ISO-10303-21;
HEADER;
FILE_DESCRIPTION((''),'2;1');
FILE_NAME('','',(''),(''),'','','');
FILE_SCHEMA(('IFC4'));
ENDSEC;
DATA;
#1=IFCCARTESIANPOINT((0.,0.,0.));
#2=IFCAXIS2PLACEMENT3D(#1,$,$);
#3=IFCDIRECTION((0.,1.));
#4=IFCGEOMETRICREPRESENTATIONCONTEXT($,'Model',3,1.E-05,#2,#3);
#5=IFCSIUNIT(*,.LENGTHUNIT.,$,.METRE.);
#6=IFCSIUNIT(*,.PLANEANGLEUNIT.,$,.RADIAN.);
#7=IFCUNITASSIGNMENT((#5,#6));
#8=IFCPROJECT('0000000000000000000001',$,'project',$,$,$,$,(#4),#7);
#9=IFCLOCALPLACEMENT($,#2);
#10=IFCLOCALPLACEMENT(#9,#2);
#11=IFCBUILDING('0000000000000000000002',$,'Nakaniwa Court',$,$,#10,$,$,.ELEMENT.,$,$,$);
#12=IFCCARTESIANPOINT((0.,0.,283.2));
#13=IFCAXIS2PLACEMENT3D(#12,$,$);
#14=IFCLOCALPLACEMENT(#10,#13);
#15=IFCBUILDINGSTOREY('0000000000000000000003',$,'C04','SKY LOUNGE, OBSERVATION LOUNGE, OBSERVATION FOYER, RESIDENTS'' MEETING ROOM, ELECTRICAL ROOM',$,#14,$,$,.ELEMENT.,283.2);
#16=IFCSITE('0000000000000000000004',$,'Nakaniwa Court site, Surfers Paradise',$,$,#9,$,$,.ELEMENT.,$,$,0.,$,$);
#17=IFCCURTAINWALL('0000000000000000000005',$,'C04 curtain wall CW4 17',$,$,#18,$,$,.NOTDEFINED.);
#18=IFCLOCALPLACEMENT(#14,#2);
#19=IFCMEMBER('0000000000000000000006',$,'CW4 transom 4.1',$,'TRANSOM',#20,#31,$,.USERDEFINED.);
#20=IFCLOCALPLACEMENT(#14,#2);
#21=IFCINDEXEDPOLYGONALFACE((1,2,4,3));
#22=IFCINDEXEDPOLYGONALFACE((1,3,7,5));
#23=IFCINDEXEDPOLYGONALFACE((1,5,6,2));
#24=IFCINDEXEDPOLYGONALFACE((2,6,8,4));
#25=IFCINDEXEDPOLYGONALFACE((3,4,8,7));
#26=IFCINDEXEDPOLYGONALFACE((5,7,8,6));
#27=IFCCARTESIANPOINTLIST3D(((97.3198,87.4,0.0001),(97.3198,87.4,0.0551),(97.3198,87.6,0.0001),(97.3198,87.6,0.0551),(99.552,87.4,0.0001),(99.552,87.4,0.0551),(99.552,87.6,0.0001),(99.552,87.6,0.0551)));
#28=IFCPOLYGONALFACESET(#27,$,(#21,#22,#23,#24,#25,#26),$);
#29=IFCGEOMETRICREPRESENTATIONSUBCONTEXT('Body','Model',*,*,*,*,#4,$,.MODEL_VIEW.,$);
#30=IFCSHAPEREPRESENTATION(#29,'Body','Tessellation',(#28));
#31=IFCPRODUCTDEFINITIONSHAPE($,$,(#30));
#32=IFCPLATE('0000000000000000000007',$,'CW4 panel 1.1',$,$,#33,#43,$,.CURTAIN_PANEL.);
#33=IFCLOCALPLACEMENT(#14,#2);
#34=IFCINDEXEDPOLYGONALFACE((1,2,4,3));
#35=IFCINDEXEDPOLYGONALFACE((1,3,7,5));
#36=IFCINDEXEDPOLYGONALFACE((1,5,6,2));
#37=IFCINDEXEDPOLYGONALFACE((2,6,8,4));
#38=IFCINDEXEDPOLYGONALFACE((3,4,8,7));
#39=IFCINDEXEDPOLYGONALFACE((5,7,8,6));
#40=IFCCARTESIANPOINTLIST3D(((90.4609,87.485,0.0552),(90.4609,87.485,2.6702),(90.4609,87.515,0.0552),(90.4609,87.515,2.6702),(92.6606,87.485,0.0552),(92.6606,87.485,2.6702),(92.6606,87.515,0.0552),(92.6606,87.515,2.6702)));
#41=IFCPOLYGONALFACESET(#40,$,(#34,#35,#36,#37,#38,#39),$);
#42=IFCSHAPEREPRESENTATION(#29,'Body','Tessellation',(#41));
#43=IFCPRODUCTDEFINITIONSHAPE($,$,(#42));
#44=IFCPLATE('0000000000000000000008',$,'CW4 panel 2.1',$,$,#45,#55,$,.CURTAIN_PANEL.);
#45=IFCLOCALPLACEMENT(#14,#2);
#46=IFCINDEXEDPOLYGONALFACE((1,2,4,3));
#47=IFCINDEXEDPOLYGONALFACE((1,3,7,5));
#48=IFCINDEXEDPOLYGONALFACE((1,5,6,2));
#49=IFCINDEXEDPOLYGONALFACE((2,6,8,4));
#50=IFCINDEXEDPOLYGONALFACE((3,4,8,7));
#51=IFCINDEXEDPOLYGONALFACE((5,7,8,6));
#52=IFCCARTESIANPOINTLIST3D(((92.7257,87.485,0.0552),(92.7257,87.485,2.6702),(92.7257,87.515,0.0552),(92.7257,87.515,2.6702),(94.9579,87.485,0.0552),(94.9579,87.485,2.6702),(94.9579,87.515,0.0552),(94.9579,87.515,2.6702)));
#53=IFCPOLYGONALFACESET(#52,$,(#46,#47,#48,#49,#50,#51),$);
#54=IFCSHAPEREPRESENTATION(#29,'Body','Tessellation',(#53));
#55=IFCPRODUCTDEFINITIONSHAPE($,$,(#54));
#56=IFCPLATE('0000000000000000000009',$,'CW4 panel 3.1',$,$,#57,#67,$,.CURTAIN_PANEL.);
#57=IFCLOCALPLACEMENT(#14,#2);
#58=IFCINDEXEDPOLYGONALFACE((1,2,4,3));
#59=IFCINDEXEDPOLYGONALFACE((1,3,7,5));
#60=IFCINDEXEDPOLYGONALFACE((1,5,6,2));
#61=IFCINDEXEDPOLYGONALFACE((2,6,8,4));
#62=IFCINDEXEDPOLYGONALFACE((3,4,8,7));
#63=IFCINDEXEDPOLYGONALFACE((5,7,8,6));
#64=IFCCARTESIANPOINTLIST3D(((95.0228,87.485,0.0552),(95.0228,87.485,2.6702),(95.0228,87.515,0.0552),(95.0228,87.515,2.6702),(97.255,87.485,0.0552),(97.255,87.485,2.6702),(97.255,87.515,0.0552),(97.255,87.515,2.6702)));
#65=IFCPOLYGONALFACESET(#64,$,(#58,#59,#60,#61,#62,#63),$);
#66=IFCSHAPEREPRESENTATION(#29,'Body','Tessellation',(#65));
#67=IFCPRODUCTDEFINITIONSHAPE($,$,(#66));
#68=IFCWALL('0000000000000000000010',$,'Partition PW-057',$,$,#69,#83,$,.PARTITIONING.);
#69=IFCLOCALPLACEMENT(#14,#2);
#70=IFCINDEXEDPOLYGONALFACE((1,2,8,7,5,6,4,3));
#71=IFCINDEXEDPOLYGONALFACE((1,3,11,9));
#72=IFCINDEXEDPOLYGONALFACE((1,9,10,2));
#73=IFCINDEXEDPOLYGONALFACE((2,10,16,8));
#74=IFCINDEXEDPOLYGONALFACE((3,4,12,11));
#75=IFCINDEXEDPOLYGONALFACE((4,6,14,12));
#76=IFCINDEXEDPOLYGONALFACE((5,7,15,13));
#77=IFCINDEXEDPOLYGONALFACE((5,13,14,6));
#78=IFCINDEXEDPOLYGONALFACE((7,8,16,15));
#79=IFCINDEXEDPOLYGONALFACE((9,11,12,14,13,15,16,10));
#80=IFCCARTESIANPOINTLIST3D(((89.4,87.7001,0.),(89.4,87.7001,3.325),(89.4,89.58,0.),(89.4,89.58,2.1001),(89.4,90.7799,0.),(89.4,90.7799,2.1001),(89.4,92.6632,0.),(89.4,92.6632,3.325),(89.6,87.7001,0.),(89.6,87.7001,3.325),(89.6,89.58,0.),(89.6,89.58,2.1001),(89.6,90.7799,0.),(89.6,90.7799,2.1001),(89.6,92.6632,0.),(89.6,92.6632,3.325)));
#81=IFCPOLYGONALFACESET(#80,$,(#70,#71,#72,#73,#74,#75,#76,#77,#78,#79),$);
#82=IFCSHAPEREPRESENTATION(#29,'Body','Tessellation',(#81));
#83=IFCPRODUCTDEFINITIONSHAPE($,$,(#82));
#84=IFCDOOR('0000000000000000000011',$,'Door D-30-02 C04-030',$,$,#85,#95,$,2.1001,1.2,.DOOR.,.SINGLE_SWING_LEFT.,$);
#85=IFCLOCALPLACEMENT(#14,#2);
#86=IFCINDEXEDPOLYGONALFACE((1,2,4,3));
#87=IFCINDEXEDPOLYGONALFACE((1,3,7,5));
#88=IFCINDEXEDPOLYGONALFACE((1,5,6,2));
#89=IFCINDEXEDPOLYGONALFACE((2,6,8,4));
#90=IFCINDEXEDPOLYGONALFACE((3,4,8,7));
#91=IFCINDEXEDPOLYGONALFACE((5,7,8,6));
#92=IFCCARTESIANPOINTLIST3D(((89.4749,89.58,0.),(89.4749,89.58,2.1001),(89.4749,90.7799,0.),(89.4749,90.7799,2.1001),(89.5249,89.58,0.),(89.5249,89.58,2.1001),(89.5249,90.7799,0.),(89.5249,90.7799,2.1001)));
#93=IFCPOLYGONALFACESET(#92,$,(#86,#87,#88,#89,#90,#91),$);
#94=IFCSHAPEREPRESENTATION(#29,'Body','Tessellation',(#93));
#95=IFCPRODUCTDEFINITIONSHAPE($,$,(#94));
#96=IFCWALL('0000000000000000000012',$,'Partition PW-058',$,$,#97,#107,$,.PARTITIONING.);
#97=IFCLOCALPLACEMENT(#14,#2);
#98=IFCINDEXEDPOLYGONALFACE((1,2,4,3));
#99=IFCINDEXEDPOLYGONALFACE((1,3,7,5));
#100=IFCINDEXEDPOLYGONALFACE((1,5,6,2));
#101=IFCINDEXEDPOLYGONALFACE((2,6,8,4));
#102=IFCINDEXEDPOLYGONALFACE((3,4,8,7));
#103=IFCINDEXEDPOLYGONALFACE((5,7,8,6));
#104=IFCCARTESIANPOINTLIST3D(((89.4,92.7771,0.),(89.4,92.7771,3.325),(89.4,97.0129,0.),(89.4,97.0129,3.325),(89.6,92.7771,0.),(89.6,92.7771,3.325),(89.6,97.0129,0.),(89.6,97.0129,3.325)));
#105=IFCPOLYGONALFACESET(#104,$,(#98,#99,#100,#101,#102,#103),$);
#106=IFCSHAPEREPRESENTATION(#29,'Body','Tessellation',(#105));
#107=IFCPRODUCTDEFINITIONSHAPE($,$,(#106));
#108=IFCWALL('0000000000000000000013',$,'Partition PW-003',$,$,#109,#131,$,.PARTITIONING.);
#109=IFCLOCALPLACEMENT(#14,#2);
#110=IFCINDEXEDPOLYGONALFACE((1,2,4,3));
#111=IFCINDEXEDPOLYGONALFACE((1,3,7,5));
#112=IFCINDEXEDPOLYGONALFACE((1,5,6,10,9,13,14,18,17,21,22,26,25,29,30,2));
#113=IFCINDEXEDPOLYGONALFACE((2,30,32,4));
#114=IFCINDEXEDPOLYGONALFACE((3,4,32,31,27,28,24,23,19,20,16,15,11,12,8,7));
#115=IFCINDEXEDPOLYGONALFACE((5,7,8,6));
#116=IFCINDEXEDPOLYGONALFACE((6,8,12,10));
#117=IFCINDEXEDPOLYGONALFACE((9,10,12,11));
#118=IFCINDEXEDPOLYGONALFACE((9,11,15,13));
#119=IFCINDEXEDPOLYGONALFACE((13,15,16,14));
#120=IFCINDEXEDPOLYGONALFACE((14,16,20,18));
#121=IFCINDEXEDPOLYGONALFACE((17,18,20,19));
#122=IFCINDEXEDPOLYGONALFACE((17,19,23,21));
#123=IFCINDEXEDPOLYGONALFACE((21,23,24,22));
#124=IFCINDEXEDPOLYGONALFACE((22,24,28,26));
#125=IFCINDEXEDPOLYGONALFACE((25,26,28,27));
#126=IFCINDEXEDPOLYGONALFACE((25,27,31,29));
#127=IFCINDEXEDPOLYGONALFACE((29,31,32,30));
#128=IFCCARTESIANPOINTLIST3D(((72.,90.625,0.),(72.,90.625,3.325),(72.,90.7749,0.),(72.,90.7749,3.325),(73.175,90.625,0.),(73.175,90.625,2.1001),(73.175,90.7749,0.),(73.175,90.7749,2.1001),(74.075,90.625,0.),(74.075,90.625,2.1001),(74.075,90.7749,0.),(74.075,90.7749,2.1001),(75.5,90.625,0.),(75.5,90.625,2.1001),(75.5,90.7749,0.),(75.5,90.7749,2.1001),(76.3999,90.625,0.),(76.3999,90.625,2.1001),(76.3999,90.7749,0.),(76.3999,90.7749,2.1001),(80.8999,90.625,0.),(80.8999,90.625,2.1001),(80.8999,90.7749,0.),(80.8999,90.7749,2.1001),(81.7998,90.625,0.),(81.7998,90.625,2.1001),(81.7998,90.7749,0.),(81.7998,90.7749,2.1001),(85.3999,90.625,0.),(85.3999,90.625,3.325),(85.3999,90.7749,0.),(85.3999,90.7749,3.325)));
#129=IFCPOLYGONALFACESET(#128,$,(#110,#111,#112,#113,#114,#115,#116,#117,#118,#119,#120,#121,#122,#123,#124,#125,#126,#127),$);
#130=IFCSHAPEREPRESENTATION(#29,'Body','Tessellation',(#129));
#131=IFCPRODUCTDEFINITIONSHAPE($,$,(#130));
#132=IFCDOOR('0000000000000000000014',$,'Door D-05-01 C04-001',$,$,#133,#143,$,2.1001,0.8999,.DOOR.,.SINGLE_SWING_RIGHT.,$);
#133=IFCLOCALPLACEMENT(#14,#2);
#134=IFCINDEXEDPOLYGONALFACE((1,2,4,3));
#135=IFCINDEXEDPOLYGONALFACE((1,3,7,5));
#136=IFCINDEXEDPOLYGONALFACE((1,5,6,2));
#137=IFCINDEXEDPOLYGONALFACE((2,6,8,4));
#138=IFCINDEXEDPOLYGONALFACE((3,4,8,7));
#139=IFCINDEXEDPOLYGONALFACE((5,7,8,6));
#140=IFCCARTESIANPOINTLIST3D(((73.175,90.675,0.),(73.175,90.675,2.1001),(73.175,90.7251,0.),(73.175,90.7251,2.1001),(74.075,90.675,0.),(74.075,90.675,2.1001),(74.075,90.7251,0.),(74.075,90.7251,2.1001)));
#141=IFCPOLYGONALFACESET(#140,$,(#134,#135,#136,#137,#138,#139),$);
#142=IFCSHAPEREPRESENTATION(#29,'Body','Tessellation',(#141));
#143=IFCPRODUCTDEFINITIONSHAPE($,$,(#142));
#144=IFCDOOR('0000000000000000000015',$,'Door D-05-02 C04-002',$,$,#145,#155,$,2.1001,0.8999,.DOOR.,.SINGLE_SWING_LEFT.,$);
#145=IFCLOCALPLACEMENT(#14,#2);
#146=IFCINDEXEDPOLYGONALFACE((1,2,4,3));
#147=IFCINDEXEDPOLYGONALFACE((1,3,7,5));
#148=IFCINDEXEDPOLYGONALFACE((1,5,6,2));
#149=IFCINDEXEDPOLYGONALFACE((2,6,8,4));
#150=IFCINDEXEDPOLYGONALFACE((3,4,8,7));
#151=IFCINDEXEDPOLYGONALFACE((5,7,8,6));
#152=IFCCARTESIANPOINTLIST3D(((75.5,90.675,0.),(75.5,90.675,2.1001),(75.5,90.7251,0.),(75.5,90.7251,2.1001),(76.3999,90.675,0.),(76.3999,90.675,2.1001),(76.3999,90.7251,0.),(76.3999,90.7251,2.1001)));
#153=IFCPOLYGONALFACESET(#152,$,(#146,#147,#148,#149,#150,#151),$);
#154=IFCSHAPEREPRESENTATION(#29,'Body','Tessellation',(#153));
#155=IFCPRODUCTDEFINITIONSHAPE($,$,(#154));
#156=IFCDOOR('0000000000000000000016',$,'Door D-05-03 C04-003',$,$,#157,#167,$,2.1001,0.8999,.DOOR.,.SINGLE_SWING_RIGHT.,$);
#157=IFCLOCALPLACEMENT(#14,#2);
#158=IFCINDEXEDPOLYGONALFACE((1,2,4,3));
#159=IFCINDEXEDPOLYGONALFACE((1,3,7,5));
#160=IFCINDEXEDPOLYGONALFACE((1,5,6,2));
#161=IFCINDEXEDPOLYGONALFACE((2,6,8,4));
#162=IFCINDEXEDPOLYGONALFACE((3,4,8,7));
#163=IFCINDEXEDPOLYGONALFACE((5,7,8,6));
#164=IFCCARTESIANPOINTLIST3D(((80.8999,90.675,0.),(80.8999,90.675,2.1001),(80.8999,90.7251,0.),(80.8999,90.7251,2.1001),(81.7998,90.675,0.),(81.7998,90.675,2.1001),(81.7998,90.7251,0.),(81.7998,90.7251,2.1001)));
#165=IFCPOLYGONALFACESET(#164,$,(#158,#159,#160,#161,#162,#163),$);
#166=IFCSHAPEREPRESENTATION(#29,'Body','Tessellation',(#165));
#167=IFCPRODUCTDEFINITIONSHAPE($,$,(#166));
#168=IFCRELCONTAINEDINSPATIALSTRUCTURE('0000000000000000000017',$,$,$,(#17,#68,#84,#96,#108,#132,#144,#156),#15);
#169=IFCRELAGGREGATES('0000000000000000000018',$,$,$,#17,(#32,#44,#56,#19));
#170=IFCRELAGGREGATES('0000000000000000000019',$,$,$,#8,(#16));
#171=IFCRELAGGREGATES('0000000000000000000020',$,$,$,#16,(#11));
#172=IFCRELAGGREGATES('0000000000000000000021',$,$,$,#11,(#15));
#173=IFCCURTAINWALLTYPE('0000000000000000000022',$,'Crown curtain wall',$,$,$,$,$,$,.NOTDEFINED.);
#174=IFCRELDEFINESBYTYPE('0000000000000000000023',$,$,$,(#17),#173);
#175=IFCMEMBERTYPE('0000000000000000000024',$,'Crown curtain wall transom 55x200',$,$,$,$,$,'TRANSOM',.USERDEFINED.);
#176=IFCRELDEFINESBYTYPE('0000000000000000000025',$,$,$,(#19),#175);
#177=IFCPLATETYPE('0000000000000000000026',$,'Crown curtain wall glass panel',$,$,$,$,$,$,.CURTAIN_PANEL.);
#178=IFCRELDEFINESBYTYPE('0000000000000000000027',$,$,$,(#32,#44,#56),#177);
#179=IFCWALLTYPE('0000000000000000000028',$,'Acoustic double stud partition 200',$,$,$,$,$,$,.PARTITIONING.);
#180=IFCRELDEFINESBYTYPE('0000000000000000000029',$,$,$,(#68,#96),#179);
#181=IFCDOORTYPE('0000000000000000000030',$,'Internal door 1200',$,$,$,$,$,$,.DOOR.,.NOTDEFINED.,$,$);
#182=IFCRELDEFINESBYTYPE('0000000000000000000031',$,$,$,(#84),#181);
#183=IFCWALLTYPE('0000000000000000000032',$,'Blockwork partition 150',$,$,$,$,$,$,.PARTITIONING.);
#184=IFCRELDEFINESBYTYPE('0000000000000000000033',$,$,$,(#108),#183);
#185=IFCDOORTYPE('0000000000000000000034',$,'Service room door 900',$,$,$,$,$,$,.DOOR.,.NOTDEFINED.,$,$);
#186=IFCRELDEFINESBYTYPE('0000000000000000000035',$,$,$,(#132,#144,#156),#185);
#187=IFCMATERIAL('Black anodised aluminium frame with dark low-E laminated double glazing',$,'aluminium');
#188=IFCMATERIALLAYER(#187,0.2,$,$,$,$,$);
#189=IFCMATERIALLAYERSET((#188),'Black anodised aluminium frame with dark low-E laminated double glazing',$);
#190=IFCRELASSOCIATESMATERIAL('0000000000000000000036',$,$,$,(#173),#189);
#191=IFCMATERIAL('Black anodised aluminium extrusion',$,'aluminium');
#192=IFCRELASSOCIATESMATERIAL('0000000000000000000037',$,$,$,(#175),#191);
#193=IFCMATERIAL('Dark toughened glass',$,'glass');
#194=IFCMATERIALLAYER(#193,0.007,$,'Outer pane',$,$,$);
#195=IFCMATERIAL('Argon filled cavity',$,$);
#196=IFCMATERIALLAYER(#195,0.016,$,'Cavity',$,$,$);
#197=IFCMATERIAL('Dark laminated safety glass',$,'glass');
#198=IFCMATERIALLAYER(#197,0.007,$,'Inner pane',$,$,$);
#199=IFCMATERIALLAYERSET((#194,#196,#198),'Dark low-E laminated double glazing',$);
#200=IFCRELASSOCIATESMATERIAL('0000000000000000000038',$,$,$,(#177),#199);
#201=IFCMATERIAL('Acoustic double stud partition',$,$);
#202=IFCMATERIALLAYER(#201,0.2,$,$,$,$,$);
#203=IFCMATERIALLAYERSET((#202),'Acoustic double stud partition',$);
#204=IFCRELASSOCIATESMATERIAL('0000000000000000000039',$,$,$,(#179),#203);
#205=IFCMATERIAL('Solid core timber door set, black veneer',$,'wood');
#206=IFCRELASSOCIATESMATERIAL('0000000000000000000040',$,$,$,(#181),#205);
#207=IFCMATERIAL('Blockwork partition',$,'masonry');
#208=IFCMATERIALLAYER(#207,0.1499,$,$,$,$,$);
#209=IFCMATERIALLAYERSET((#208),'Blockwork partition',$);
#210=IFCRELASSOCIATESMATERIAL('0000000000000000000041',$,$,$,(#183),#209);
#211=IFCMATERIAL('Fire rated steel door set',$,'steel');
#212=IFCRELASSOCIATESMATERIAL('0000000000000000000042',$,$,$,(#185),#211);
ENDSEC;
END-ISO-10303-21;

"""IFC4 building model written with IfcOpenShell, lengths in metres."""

from ifc_helpers import new_model, si_unit, direction, frame, frame_2d, origin, origin_2d, place, context, subcontext, project, spatial, rectangle, extrude, material, layer, layer_set, material_profile, profile_set, type_object, element, fill, aggregate, save


model = new_model("IFC4")

# Units and contexts
model_context = context("Model", 3, precision=1e-05, world=origin(), true_north=direction((0.0, 1.0)))
body_context = subcontext(model_context, "Body", "Model", "MODEL_VIEW")
ifc_project = project(units=[si_unit("LENGTHUNIT", "METRE"), si_unit("PLANEANGLEUNIT", "RADIAN")], contexts=[model_context])

# Site, building, storey
site_placement = place(None, origin())
site = spatial("IfcSite", under=ifc_project, at=site_placement, Name="Nakaniwa Court site, Surfers Paradise", CompositionType="ELEMENT", RefElevation=0.0)
building_placement = place(site_placement, origin())
building = spatial("IfcBuilding", under=site, at=building_placement, Name="Nakaniwa Court", CompositionType="ELEMENT")
storey_placement = place(building_placement, frame((0.0, 0.0, 283.2)))
storey = spatial("IfcBuildingStorey", under=building, at=storey_placement, Name="C04", Description="SKY LOUNGE, OBSERVATION LOUNGE, OBSERVATION FOYER, RESIDENTS' MEETING ROOM, ELECTRICAL ROOM", CompositionType="ELEMENT", Elevation=283.2)

# Curtain wall, member, plates
ifc_material_1 = material(Name="Black anodised aluminium frame with dark low-E laminated double glazing", Category="aluminium")
ifc_layer_1 = layer(ifc_material_1, 0.2)
ifc_layer_set_1 = layer_set([ifc_layer_1], Name="Black anodised aluminium frame with dark low-E laminated double glazing")
curtain_wall_type = type_object("IfcCurtainWallType", Name="Crown curtain wall", PredefinedType="NOTDEFINED", material=ifc_layer_set_1)
curtain_wall_placement = place(storey_placement, origin())
curtain_wall = element("IfcCurtainWall", 1, at=curtain_wall_placement, inside=storey, type_object=curtain_wall_type, Name="C04 curtain wall CW4 17", PredefinedType="NOTDEFINED")
ifc_material_2 = material(Name="Black anodised aluminium extrusion", Category="aluminium")
ifc_material_profile_1 = material_profile(ifc_material_2, rectangle(XDim=0.2, YDim=0.0549, at=origin_2d()), Name="Crown curtain wall transom 55x200")
ifc_profile_set_1 = profile_set([ifc_material_profile_1], Name="Black anodised aluminium extrusion")
member_type_1 = type_object("IfcMemberType", Name="Crown curtain wall transom 55x200", ElementType="TRANSOM", PredefinedType="USERDEFINED", material=ifc_profile_set_1)
member_1_placement = place(storey_placement, frame((97.3198, 87.5, 0.0276), z_axis=(1.0, 0.0, 0.0), x_axis=(0.0, 1.0, 0.0)))
member_1 = element("IfcMember", 2, at=member_1_placement, type_object=member_type_1, Name="CW4 transom 4.1", ObjectType="TRANSOM", PredefinedType="USERDEFINED", context=body_context, shape_type="SweptSolid", body=[
    extrude(rectangle(XDim=0.2, YDim=0.0549, at=origin_2d()), origin(), (0.0, 0.0, 1.0), 2.2322),
])
ifc_material_3 = material(Name="Dark toughened glass", Category="glass")
ifc_layer_2 = layer(ifc_material_3, 0.007, Name="Outer pane")
ifc_material_4 = material(Name="Argon filled cavity")
ifc_layer_3 = layer(ifc_material_4, 0.016, Name="Cavity")
ifc_material_5 = material(Name="Dark laminated safety glass", Category="glass")
ifc_layer_4 = layer(ifc_material_5, 0.007, Name="Inner pane")
ifc_layer_set_2 = layer_set([ifc_layer_2, ifc_layer_3, ifc_layer_4], Name="Dark low-E laminated double glazing")
plate_type = type_object("IfcPlateType", Name="Crown curtain wall glass panel", PredefinedType="CURTAIN_PANEL", material=ifc_layer_set_2)
plate_1_placement = place(storey_placement, frame((91.5608, 87.5, 0.0552), z_axis=(0.0, 0.0, 1.0), x_axis=(1.0, 0.0, 0.0)))
plate_1 = element("IfcPlate", 3, at=plate_1_placement, type_object=plate_type, Name="CW4 panel 1.1", PredefinedType="CURTAIN_PANEL", context=body_context, shape_type="SweptSolid", body=[
    extrude(rectangle(XDim=2.1997, YDim=0.03, at=origin_2d()), origin(), (0.0, 0.0, 1.0), 2.615),
])
plate_2_placement = place(storey_placement, frame((93.8418, 87.5, 0.0552), z_axis=(0.0, 0.0, 1.0), x_axis=(1.0, 0.0, 0.0)))
plate_2 = element("IfcPlate", 4, at=plate_2_placement, type_object=plate_type, Name="CW4 panel 2.1", PredefinedType="CURTAIN_PANEL", context=body_context, shape_type="SweptSolid", body=[
    extrude(rectangle(XDim=2.2322, YDim=0.03, at=origin_2d()), origin(), (0.0, 0.0, 1.0), 2.615),
])
plate_3_placement = place(storey_placement, frame((96.1389, 87.5, 0.0552), z_axis=(0.0, 0.0, 1.0), x_axis=(1.0, 0.0, 0.0)))
plate_3 = element("IfcPlate", 5, at=plate_3_placement, type_object=plate_type, Name="CW4 panel 3.1", PredefinedType="CURTAIN_PANEL", context=body_context, shape_type="SweptSolid", body=[
    extrude(rectangle(XDim=2.2322, YDim=0.03, at=origin_2d()), origin(), (0.0, 0.0, 1.0), 2.615),
])
aggregate(curtain_wall, [plate_1, plate_2, plate_3, member_1])

# Wall, opening, door
ifc_material_6 = material(Name="Acoustic double stud partition")
ifc_layer_5 = layer(ifc_material_6, 0.2)
ifc_layer_set_3 = layer_set([ifc_layer_5], Name="Acoustic double stud partition")
wall_type_1 = type_object("IfcWallType", Name="Acoustic double stud partition 200", PredefinedType="PARTITIONING", material=ifc_layer_set_3)
wall_1_placement = place(storey_placement, frame((89.5, 92.6631, 0.0), z_axis=(0.0, 0.0, 1.0), x_axis=(0.0, -1.0, 0.0)))
wall_1 = element("IfcWall", 6, at=wall_1_placement, inside=storey, type_object=wall_type_1, Name="Partition PW-057", PredefinedType="PARTITIONING", context=body_context, shape_type="SweptSolid", body=[
    extrude(rectangle(XDim=4.9631, YDim=0.2, at=frame_2d((2.4814, 0.0))), origin(), (0.0, 0.0, 1.0), 3.325),
])
opening_1_placement = place(wall_1_placement, frame((1.8831, 0.0, 0.0)))
opening_1 = element("IfcOpeningElement", 7, at=opening_1_placement, cuts=wall_1, PredefinedType="OPENING", context=body_context, shape_type="SweptSolid", body=[
    extrude(rectangle(XDim=1.2, YDim=2.1001, at=frame_2d((0.6001, 1.05))), frame((0.0, 0.1099, 0.0), z_axis=(0.0, -1.0, 0.0), x_axis=(1.0, 0.0, 0.0)), (0.0, 0.0, 1.0), 0.22),
])
ifc_material_7 = material(Name="Solid core timber door set, black veneer", Category="wood")
door_type_1 = type_object("IfcDoorType", Name="Internal door 1200", OperationType="NOTDEFINED", PredefinedType="DOOR", material=ifc_material_7)
door_1_placement = place(opening_1_placement, origin())
door_1 = element("IfcDoor", 8, at=door_1_placement, inside=storey, type_object=door_type_1, Name="Door D-30-02 C04-030", OperationType="SINGLE_SWING_LEFT", OverallHeight=2.1001, OverallWidth=1.2, PredefinedType="DOOR", context=body_context, shape_type="SweptSolid", body=[
    extrude(rectangle(XDim=1.2, YDim=2.1001, at=frame_2d((0.6001, 1.05))), frame((0.0, 0.0249, 0.0), z_axis=(0.0, -1.0, 0.0), x_axis=(1.0, 0.0, 0.0)), (0.0, 0.0, 1.0), 0.05),
])
fill(opening_1, door_1)

# Wall
wall_2_placement = place(storey_placement, frame((89.5, 92.7771, 0.0), z_axis=(0.0, 0.0, 1.0), x_axis=(0.0, 1.0, 0.0)))
element("IfcWall", 9, at=wall_2_placement, inside=storey, type_object=wall_type_1, Name="Partition PW-058", PredefinedType="PARTITIONING", context=body_context, shape_type="SweptSolid", body=[
    extrude(rectangle(XDim=4.2358, YDim=0.2, at=frame_2d((2.1179, 0.0))), origin(), (0.0, 0.0, 1.0), 3.325),
])

# Wall, openings, doors
ifc_material_8 = material(Name="Blockwork partition", Category="masonry")
ifc_layer_6 = layer(ifc_material_8, 0.1499)
ifc_layer_set_4 = layer_set([ifc_layer_6], Name="Blockwork partition")
wall_type_2 = type_object("IfcWallType", Name="Blockwork partition 150", PredefinedType="PARTITIONING", material=ifc_layer_set_4)
wall_3_placement = place(storey_placement, frame((85.3999, 90.7, 0.0), z_axis=(0.0, 0.0, 1.0), x_axis=(-1.0, 0.0, 0.0)))
wall_3 = element("IfcWall", 10, at=wall_3_placement, inside=storey, type_object=wall_type_2, Name="Partition PW-003", PredefinedType="PARTITIONING", context=body_context, shape_type="SweptSolid", body=[
    extrude(rectangle(XDim=13.3999, YDim=0.1499, at=frame_2d((6.7, 0.0))), origin(), (0.0, 0.0, 1.0), 3.325),
])
opening_2_placement = place(wall_3_placement, frame((11.325, 0.0, 0.0)))
opening_2 = element("IfcOpeningElement", 11, at=opening_2_placement, cuts=wall_3, PredefinedType="OPENING", context=body_context, shape_type="SweptSolid", body=[
    extrude(rectangle(XDim=0.8999, YDim=2.1001, at=frame_2d((0.45, 1.05))), frame((0.0, 0.085, 0.0), z_axis=(0.0, -1.0, 0.0), x_axis=(1.0, 0.0, 0.0)), (0.0, 0.0, 1.0), 0.1699),
])
opening_3_placement = place(wall_3_placement, frame((9.0, 0.0, 0.0)))
opening_3 = element("IfcOpeningElement", 12, at=opening_3_placement, cuts=wall_3, PredefinedType="OPENING", context=body_context, shape_type="SweptSolid", body=[
    extrude(rectangle(XDim=0.8999, YDim=2.1001, at=frame_2d((0.45, 1.05))), frame((0.0, 0.085, 0.0), z_axis=(0.0, -1.0, 0.0), x_axis=(1.0, 0.0, 0.0)), (0.0, 0.0, 1.0), 0.1699),
])
opening_4_placement = place(wall_3_placement, frame((3.6001, 0.0, 0.0)))
opening_4 = element("IfcOpeningElement", 13, at=opening_4_placement, cuts=wall_3, PredefinedType="OPENING", context=body_context, shape_type="SweptSolid", body=[
    extrude(rectangle(XDim=0.8999, YDim=2.1001, at=frame_2d((0.45, 1.05))), frame((0.0, 0.085, 0.0), z_axis=(0.0, -1.0, 0.0), x_axis=(1.0, 0.0, 0.0)), (0.0, 0.0, 1.0), 0.1699),
])
ifc_material_9 = material(Name="Fire rated steel door set", Category="steel")
door_type_2 = type_object("IfcDoorType", Name="Service room door 900", OperationType="NOTDEFINED", PredefinedType="DOOR", material=ifc_material_9)
door_2_placement = place(opening_2_placement, origin())
door_2 = element("IfcDoor", 14, at=door_2_placement, inside=storey, type_object=door_type_2, Name="Door D-05-01 C04-001", OperationType="SINGLE_SWING_RIGHT", OverallHeight=2.1001, OverallWidth=0.8999, PredefinedType="DOOR", context=body_context, shape_type="SweptSolid", body=[
    extrude(rectangle(XDim=0.8999, YDim=2.1001, at=frame_2d((0.45, 1.05))), frame((0.0, 0.0249, 0.0), z_axis=(0.0, -1.0, 0.0), x_axis=(1.0, 0.0, 0.0)), (0.0, 0.0, 1.0), 0.05),
])
fill(opening_2, door_2)
door_3_placement = place(opening_3_placement, origin())
door_3 = element("IfcDoor", 15, at=door_3_placement, inside=storey, type_object=door_type_2, Name="Door D-05-02 C04-002", OperationType="SINGLE_SWING_LEFT", OverallHeight=2.1001, OverallWidth=0.8999, PredefinedType="DOOR", context=body_context, shape_type="SweptSolid", body=[
    extrude(rectangle(XDim=0.8999, YDim=2.1001, at=frame_2d((0.45, 1.05))), frame((0.0, 0.0249, 0.0), z_axis=(0.0, -1.0, 0.0), x_axis=(1.0, 0.0, 0.0)), (0.0, 0.0, 1.0), 0.05),
])
fill(opening_3, door_3)
door_4_placement = place(opening_4_placement, origin())
door_4 = element("IfcDoor", 16, at=door_4_placement, inside=storey, type_object=door_type_2, Name="Door D-05-03 C04-003", OperationType="SINGLE_SWING_RIGHT", OverallHeight=2.1001, OverallWidth=0.8999, PredefinedType="DOOR", context=body_context, shape_type="SweptSolid", body=[
    extrude(rectangle(XDim=0.8999, YDim=2.1001, at=frame_2d((0.45, 1.05))), frame((0.0, 0.0249, 0.0), z_axis=(0.0, -1.0, 0.0), x_axis=(1.0, 0.0, 0.0)), (0.0, 0.0, 1.0), 0.05),
])
fill(opening_4, door_4)

save(model, "model.ifc")
